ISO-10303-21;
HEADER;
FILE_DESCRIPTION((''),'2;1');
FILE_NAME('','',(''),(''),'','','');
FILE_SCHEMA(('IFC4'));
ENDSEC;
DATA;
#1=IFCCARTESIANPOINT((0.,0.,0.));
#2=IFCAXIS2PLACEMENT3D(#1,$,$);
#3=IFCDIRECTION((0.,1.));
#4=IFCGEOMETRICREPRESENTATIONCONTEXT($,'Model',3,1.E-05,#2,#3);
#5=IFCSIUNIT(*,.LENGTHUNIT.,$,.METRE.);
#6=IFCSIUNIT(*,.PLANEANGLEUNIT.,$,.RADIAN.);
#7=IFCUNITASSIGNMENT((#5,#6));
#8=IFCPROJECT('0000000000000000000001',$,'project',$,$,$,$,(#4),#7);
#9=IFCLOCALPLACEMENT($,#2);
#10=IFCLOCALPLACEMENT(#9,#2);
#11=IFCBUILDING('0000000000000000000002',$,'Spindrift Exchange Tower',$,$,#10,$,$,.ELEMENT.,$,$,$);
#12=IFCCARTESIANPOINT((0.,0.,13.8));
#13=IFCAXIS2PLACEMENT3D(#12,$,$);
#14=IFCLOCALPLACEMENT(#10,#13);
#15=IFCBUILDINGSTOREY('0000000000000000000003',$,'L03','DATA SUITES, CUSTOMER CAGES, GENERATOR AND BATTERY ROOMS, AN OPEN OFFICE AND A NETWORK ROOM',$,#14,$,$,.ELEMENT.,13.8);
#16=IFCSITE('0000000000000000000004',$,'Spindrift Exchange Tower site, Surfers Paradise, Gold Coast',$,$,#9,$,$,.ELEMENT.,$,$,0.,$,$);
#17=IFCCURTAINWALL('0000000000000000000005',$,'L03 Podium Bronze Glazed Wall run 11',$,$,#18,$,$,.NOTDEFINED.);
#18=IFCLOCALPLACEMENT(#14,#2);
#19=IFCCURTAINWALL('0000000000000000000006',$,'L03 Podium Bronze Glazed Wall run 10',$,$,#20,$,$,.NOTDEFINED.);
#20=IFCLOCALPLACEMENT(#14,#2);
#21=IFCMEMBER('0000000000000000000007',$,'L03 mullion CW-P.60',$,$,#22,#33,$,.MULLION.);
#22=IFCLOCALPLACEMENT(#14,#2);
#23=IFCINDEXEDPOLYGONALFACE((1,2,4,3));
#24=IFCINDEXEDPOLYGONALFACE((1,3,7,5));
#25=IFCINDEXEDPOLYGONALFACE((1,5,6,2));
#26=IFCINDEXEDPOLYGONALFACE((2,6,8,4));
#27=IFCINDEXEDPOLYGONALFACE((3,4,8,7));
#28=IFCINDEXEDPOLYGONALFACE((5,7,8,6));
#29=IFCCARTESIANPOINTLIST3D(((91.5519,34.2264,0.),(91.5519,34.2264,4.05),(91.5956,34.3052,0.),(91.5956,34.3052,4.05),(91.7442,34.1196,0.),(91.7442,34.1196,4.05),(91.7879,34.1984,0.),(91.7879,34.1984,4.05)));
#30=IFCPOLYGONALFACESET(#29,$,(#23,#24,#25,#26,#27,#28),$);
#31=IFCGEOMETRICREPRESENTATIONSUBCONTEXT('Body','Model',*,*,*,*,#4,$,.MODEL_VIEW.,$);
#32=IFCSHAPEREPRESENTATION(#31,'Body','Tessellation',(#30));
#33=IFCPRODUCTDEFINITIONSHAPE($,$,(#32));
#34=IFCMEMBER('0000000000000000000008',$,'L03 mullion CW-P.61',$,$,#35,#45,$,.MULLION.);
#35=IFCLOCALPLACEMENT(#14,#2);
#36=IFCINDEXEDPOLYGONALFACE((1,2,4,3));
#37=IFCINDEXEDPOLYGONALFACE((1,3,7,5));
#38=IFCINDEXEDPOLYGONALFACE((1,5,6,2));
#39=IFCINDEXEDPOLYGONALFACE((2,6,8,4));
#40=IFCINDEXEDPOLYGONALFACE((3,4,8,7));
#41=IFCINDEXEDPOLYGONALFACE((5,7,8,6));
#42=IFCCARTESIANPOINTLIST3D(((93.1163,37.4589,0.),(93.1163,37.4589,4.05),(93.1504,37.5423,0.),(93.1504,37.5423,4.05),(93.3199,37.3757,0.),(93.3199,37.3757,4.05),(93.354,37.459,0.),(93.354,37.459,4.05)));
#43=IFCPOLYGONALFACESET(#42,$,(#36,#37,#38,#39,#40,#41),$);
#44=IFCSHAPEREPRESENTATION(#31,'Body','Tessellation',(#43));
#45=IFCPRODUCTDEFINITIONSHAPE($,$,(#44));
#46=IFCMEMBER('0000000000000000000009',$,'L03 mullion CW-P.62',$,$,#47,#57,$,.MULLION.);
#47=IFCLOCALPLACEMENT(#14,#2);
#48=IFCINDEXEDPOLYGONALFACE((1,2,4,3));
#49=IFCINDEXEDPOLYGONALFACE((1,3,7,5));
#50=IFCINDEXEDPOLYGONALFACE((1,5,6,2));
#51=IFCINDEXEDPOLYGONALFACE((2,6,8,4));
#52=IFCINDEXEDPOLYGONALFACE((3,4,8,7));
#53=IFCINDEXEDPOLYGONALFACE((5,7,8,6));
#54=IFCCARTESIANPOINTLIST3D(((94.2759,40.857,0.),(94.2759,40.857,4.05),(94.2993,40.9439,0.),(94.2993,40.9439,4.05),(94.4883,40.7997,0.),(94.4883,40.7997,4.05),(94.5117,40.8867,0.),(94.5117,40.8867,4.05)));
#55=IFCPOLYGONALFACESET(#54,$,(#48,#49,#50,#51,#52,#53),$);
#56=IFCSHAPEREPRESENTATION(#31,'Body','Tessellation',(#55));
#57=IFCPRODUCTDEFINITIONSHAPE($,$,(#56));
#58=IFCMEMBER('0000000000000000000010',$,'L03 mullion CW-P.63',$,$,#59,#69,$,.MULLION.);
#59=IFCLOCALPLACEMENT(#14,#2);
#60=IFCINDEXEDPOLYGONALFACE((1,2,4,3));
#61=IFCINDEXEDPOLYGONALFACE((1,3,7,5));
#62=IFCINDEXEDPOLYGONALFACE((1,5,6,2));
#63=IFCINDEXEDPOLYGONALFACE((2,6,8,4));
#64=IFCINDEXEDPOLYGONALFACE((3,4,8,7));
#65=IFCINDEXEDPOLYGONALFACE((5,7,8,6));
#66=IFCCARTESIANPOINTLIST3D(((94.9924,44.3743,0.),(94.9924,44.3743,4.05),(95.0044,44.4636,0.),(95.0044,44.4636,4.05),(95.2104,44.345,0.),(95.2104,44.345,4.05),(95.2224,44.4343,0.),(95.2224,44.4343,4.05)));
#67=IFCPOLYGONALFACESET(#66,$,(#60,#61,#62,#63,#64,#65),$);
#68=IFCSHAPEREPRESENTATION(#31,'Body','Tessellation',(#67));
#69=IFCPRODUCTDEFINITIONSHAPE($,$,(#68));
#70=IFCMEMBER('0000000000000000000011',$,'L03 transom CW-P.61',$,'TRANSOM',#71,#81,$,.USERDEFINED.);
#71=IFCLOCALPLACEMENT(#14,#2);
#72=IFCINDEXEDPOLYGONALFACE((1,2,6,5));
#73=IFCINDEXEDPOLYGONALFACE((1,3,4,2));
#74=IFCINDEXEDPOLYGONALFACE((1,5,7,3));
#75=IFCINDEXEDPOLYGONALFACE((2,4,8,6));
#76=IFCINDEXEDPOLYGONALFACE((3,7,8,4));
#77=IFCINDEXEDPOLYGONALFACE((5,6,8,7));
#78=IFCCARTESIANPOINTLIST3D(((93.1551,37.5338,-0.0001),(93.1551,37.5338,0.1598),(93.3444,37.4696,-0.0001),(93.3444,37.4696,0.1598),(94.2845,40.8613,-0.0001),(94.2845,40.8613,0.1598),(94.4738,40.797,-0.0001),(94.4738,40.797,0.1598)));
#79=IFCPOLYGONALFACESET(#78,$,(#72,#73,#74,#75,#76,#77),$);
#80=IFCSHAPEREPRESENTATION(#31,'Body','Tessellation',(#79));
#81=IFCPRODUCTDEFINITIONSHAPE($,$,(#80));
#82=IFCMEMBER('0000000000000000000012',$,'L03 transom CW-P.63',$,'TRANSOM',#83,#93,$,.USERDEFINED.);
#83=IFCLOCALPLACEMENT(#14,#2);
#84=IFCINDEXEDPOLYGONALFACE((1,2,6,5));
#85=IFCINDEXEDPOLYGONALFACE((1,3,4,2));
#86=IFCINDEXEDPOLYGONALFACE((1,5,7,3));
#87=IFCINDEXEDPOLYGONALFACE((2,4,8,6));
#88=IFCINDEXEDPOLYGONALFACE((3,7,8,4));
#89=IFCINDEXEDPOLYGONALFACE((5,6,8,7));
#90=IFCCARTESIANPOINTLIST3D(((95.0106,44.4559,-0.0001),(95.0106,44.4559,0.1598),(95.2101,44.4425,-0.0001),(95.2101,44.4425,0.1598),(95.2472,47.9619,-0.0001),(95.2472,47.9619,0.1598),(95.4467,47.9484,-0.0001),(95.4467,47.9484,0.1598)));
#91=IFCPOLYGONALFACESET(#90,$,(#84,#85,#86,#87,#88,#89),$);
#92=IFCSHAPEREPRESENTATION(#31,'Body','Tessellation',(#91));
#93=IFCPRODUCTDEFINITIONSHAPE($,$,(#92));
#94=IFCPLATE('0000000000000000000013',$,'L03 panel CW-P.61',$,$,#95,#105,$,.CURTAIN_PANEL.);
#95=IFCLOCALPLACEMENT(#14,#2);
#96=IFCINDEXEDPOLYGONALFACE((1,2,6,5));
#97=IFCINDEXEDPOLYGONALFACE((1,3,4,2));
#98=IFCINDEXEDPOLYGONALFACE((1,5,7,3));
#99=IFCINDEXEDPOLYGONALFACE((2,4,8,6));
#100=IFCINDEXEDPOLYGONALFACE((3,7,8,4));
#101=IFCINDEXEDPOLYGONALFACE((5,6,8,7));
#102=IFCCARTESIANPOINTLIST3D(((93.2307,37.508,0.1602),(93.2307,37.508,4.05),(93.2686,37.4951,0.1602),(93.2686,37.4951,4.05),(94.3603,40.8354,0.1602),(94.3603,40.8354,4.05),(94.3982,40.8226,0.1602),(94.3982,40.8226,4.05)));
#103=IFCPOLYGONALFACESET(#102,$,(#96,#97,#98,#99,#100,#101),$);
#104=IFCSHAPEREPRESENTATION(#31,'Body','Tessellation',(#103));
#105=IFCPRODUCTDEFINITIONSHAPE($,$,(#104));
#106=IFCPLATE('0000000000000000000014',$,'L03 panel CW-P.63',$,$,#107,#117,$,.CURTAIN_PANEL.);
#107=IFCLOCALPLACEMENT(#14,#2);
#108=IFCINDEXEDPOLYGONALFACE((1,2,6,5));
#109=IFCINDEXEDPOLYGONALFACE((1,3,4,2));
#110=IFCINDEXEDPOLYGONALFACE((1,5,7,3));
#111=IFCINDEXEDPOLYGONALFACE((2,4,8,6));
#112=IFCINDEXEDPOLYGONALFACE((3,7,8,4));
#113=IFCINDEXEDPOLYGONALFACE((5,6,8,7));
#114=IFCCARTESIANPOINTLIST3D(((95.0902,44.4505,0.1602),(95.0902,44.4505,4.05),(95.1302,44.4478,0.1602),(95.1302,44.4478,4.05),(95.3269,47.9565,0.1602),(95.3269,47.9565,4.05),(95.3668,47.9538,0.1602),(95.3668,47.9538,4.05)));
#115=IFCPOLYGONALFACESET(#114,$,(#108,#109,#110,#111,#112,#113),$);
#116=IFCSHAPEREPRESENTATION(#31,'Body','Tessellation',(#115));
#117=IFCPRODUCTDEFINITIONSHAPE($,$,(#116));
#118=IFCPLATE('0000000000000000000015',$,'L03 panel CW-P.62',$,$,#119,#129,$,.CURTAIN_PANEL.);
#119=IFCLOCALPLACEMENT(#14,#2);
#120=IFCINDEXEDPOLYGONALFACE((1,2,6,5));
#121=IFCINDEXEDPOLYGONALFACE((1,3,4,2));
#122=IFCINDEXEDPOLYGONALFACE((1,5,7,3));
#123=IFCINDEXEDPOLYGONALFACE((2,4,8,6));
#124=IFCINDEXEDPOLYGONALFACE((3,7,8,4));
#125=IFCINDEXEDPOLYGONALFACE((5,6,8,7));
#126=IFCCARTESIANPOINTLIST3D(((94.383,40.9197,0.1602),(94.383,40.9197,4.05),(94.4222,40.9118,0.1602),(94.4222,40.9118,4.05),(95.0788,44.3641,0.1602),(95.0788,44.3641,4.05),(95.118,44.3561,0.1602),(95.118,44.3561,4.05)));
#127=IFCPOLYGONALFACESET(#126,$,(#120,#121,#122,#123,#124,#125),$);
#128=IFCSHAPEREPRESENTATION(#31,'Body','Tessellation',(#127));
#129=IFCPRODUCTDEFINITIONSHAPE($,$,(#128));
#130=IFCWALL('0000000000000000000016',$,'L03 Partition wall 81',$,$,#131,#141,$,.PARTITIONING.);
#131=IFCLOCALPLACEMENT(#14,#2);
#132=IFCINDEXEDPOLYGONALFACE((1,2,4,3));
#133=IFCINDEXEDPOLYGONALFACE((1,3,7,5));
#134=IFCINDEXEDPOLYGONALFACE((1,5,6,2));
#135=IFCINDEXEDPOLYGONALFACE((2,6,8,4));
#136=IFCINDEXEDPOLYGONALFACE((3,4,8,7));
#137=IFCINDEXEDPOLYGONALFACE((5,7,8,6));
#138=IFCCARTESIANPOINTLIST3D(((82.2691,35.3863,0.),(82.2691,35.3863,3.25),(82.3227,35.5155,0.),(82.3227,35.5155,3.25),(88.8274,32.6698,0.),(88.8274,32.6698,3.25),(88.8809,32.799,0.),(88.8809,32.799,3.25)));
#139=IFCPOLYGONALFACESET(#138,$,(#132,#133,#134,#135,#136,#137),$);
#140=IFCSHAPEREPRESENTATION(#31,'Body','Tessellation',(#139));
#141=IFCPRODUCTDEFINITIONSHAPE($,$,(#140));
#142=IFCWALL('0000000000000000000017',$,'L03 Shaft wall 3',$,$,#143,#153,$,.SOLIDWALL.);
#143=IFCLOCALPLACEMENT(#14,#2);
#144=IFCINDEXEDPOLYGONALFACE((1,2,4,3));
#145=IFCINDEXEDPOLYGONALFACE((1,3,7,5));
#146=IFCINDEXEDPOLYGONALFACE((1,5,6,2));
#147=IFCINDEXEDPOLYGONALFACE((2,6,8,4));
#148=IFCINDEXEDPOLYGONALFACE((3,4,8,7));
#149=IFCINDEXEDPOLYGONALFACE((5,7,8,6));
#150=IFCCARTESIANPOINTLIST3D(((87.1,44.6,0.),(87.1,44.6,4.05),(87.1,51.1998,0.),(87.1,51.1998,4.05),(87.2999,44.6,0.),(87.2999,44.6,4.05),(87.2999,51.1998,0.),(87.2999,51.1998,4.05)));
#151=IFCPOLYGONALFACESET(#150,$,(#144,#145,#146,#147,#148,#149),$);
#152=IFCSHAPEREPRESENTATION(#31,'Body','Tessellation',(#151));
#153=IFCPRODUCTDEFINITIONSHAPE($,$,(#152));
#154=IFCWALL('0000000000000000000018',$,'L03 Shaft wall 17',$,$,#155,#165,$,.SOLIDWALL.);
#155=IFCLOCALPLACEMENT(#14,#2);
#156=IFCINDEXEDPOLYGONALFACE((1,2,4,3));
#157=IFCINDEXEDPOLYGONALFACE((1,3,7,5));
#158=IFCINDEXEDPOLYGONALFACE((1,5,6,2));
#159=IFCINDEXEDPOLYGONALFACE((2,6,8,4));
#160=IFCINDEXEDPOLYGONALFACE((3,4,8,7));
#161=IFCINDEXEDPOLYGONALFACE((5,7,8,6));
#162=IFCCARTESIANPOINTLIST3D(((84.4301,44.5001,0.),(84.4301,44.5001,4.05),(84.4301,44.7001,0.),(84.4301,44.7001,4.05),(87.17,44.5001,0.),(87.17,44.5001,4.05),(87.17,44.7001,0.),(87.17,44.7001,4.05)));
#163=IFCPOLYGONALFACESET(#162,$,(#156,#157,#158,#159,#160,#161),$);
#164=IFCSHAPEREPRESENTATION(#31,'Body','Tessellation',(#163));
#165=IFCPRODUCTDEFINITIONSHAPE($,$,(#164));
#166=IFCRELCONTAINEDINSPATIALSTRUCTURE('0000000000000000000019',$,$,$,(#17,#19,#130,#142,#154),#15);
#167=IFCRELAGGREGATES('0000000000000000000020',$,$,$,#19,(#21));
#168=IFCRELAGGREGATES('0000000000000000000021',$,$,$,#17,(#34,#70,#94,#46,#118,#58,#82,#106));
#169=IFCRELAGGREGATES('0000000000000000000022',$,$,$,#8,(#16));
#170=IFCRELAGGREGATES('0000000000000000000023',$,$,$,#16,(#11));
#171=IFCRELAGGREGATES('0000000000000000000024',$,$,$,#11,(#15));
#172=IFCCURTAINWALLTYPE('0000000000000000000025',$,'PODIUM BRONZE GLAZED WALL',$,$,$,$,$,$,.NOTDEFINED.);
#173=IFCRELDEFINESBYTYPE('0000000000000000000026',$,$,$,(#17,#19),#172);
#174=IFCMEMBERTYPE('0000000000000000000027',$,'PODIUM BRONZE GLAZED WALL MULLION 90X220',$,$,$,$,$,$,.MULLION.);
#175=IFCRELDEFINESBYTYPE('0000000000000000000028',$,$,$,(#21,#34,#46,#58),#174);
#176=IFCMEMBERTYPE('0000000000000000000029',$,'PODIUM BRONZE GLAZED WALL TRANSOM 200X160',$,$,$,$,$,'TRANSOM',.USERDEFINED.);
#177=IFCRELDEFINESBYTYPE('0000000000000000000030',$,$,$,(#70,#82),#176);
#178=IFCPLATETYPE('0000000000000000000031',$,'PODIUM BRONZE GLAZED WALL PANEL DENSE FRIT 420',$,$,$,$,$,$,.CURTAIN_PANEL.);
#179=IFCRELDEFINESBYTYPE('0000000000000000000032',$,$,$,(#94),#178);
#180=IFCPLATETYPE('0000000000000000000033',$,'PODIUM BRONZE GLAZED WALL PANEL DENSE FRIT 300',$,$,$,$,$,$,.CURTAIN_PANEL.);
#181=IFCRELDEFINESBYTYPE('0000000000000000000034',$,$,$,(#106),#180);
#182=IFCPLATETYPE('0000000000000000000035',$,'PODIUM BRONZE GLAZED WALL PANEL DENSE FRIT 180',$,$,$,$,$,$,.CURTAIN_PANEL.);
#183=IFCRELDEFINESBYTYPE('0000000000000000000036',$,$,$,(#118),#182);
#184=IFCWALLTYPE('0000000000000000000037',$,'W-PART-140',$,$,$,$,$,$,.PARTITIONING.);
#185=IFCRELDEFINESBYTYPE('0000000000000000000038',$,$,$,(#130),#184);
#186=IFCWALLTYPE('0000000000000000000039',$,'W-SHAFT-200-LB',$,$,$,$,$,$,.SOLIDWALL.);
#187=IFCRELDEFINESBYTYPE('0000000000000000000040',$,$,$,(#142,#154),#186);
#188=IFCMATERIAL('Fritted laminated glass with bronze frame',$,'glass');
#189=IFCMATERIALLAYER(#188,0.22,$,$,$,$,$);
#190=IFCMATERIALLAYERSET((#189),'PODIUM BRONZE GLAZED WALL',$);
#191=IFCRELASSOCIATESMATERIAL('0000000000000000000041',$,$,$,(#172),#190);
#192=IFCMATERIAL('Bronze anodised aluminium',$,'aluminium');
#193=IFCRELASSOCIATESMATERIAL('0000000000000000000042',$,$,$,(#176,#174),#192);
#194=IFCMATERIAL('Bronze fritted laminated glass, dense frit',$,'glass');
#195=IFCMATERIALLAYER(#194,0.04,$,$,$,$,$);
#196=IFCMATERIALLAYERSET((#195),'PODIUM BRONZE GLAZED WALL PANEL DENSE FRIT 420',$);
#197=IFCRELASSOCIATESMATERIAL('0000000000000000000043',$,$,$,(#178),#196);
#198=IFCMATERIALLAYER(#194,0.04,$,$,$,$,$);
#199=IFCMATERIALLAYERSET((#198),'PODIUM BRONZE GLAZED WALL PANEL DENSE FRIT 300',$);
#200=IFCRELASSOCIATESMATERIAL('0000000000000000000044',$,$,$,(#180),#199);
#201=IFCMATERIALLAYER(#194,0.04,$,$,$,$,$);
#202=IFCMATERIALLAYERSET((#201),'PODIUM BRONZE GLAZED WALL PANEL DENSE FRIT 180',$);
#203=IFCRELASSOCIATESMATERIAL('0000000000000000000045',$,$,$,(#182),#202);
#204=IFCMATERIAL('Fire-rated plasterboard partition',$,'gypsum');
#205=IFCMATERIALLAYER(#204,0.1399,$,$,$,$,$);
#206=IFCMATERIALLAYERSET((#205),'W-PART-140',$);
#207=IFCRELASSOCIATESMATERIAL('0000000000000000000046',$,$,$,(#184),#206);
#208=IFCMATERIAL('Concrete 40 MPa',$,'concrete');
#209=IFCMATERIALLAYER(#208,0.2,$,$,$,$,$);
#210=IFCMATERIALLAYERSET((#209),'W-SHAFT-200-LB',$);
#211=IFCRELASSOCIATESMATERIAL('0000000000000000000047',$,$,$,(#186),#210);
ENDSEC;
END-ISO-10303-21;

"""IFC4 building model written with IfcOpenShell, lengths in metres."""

from ifc_helpers import new_model, si_unit, direction, frame, frame_2d, origin, origin_2d, place, context, subcontext, project, spatial, rectangle, extrude, source, transform, mapped, material, layer, layer_set, material_profile, profile_set, type_object, element, aggregate, save


model = new_model("IFC4")

# Units and contexts
model_context = context("Model", 3, precision=1e-05, world=origin(), true_north=direction((0.0, 1.0)))
body_context = subcontext(model_context, "Body", "Model", "MODEL_VIEW")
ifc_project = project(units=[si_unit("LENGTHUNIT", "METRE"), si_unit("PLANEANGLEUNIT", "RADIAN")], contexts=[model_context])

# Site, building, storey
site_placement = place(None, origin())
site = spatial("IfcSite", under=ifc_project, at=site_placement, Name="Spindrift Exchange Tower site, Surfers Paradise, Gold Coast", CompositionType="ELEMENT", RefElevation=0.0)
building_placement = place(site_placement, origin())
building = spatial("IfcBuilding", under=site, at=building_placement, Name="Spindrift Exchange Tower", CompositionType="ELEMENT")
storey_placement = place(building_placement, frame((0.0, 0.0, 13.8)))
storey = spatial("IfcBuildingStorey", under=building, at=storey_placement, Name="L03", Description="DATA SUITES, CUSTOMER CAGES, GENERATOR AND BATTERY ROOMS, AN OPEN OFFICE AND A NETWORK ROOM", CompositionType="ELEMENT", Elevation=13.8)

# Curtain walls, member
ifc_material_1 = material(Name="Fritted laminated glass with bronze frame", Category="glass")
ifc_layer_1 = layer(ifc_material_1, 0.22)
ifc_layer_set_1 = layer_set([ifc_layer_1], Name="PODIUM BRONZE GLAZED WALL")
curtain_wall_type = type_object("IfcCurtainWallType", Name="PODIUM BRONZE GLAZED WALL", PredefinedType="NOTDEFINED", material=ifc_layer_set_1)
curtain_wall_1_placement = place(storey_placement, origin())
curtain_wall_1 = element("IfcCurtainWall", 1, at=curtain_wall_1_placement, inside=storey, type_object=curtain_wall_type, Name="L03 Podium Bronze Glazed Wall run 11", PredefinedType="NOTDEFINED")
ifc_material_2 = material(Name="Bronze anodised aluminium", Category="aluminium")
ifc_material_profile_1 = material_profile(ifc_material_2, rectangle(XDim=0.2, YDim=0.1599, at=origin_2d()), Name="PODIUM BRONZE GLAZED WALL TRANSOM 200X160")
ifc_profile_set_1 = profile_set([ifc_material_profile_1], Name="Bronze anodised aluminium")
member_type_1 = type_object("IfcMemberType", Name="PODIUM BRONZE GLAZED WALL TRANSOM 200X160", ElementType="TRANSOM", PredefinedType="USERDEFINED", material=ifc_profile_set_1)
ifc_material_profile_2 = material_profile(ifc_material_2, rectangle(XDim=0.0901, YDim=0.22, at=origin_2d()), Name="PODIUM BRONZE GLAZED WALL MULLION 90X220")
ifc_profile_set_2 = profile_set([ifc_material_profile_2], Name="Bronze anodised aluminium")
member_type_2 = type_object("IfcMemberType", Name="PODIUM BRONZE GLAZED WALL MULLION 90X220", PredefinedType="MULLION", material=ifc_profile_set_2)
shared_shape_1 = source(origin(), body_context, "Body", "SweptSolid", [
    extrude(rectangle(XDim=0.0901, YDim=0.22, at=origin_2d()), origin(), (0.0, 0.0, 1.0), 4.05),
])
curtain_wall_2_placement = place(storey_placement, origin())
curtain_wall_2 = element("IfcCurtainWall", 2, at=curtain_wall_2_placement, inside=storey, type_object=curtain_wall_type, Name="L03 Podium Bronze Glazed Wall run 10", PredefinedType="NOTDEFINED")
member_1_placement = place(storey_placement, frame((91.6699, 34.2124, 0.0), z_axis=(0.0, 0.0, 1.0), x_axis=(0.485263, 0.874368, 0.0)))
member_1 = element("IfcMember", 3, at=member_1_placement, type_object=member_type_2, Name="L03 mullion CW-P.60", PredefinedType="MULLION", context=body_context, shape_type="MappedRepresentation", body=[
    mapped(shared_shape_1, transform((0.0, 0.0, 0.0), scale=1.0)),
])
aggregate(curtain_wall_2, [member_1])

# Members
member_2_placement = place(storey_placement, frame((93.2351, 37.459, 0.0), z_axis=(0.0, 0.0, 1.0), x_axis=(0.378559, 0.925577, 0.0)))
member_2 = element("IfcMember", 4, at=member_2_placement, type_object=member_type_2, Name="L03 mullion CW-P.61", PredefinedType="MULLION", context=body_context, shape_type="MappedRepresentation", body=[
    mapped(shared_shape_1, transform((0.0, 0.0, 0.0), scale=1.0)),
])
member_3_placement = place(storey_placement, frame((94.3938, 40.8718, 0.0), z_axis=(0.0, 0.0, 1.0), x_axis=(0.260263, 0.965538, 0.0)))
member_3 = element("IfcMember", 5, at=member_3_placement, type_object=member_type_2, Name="L03 mullion CW-P.62", PredefinedType="MULLION", context=body_context, shape_type="MappedRepresentation", body=[
    mapped(shared_shape_1, transform((0.0, 0.0, 0.0), scale=1.0)),
])
member_4_placement = place(storey_placement, frame((95.1074, 44.4043, 0.0), z_axis=(0.0, 0.0, 1.0), x_axis=(0.132966, 0.991121, 0.0)))
member_4 = element("IfcMember", 6, at=member_4_placement, type_object=member_type_2, Name="L03 mullion CW-P.63", PredefinedType="MULLION", context=body_context, shape_type="MappedRepresentation", body=[
    mapped(shared_shape_1, transform((0.0, 0.0, 0.0), scale=1.0)),
])
shared_shape_2 = source(origin(), body_context, "Body", "SweptSolid", [
    extrude(rectangle(XDim=0.2, YDim=0.1599, at=origin_2d()), origin(), (0.0, 0.0, 1.0), 3.5139),
])
member_5_placement = place(storey_placement, frame((93.2498, 37.5017, 0.0798), z_axis=(0.321413, 0.946939, 0.0), x_axis=(-0.946939, 0.321413, 0.0)))
member_5 = element("IfcMember", 7, at=member_5_placement, type_object=member_type_1, Name="L03 transom CW-P.61", ObjectType="TRANSOM", PredefinedType="USERDEFINED", context=body_context, shape_type="MappedRepresentation", body=[
    mapped(shared_shape_2, transform((0.0, 0.0, 0.0), scale=1.0)),
])
member_6_placement = place(storey_placement, frame((95.1104, 44.4492, 0.0798), z_axis=(0.067326, 0.997731, 0.0), x_axis=(-0.997731, 0.067326, 0.0)))
member_6 = element("IfcMember", 8, at=member_6_placement, type_object=member_type_1, Name="L03 transom CW-P.63", ObjectType="TRANSOM", PredefinedType="USERDEFINED", context=body_context, shape_type="MappedRepresentation", body=[
    mapped(shared_shape_2, transform((0.0, 0.0, 0.0), scale=1.0)),
])

# Plates
ifc_material_3 = material(Name="Bronze fritted laminated glass, dense frit", Category="glass")
ifc_layer_2 = layer(ifc_material_3, 0.04)
ifc_layer_set_2 = layer_set([ifc_layer_2], Name="PODIUM BRONZE GLAZED WALL PANEL DENSE FRIT 420")
plate_type_1 = type_object("IfcPlateType", Name="PODIUM BRONZE GLAZED WALL PANEL DENSE FRIT 420", PredefinedType="CURTAIN_PANEL", material=ifc_layer_set_2)
shared_shape_3 = source(origin(), body_context, "Body", "SweptSolid", [
    extrude(rectangle(XDim=3.5139, YDim=0.04, at=origin_2d()), origin(), (0.0, 0.0, 1.0), 3.8899),
])
plate_1_placement = place(storey_placement, frame((93.8145, 39.1653, 0.1602), z_axis=(0.0, 0.0, 1.0), x_axis=(0.321451, 0.946926, 0.0)))
plate_1 = element("IfcPlate", 9, at=plate_1_placement, type_object=plate_type_1, Name="L03 panel CW-P.61", PredefinedType="CURTAIN_PANEL", context=body_context, shape_type="MappedRepresentation", body=[
    mapped(shared_shape_3, transform((0.0, 0.0, 0.0), scale=1.0)),
])
ifc_layer_3 = layer(ifc_material_3, 0.04)
ifc_layer_set_3 = layer_set([ifc_layer_3], Name="PODIUM BRONZE GLAZED WALL PANEL DENSE FRIT 300")
plate_type_2 = type_object("IfcPlateType", Name="PODIUM BRONZE GLAZED WALL PANEL DENSE FRIT 300", PredefinedType="CURTAIN_PANEL", material=ifc_layer_set_3)
shared_shape_4 = source(origin(), body_context, "Body", "SweptSolid", [
    extrude(rectangle(XDim=3.5139, YDim=0.04, at=origin_2d()), origin(), (0.0, 0.0, 1.0), 3.8899),
])
plate_2_placement = place(storey_placement, frame((95.2285, 46.2021, 0.1602), z_axis=(0.0, 0.0, 1.0), x_axis=(0.067345, 0.99773, 0.0)))
plate_2 = element("IfcPlate", 10, at=plate_2_placement, type_object=plate_type_2, Name="L03 panel CW-P.63", PredefinedType="CURTAIN_PANEL", context=body_context, shape_type="MappedRepresentation", body=[
    mapped(shared_shape_4, transform((0.0, 0.0, 0.0), scale=1.0)),
])
ifc_layer_4 = layer(ifc_material_3, 0.04)
ifc_layer_set_4 = layer_set([ifc_layer_4], Name="PODIUM BRONZE GLAZED WALL PANEL DENSE FRIT 180")
plate_type_3 = type_object("IfcPlateType", Name="PODIUM BRONZE GLAZED WALL PANEL DENSE FRIT 180", PredefinedType="CURTAIN_PANEL", material=ifc_layer_set_4)
shared_shape_5 = source(origin(), body_context, "Body", "SweptSolid", [
    extrude(rectangle(XDim=3.5139, YDim=0.04, at=origin_2d()), origin(), (0.0, 0.0, 1.0), 3.8899),
])
plate_3_placement = place(storey_placement, frame((94.7505, 42.6379, 0.1602), z_axis=(0.0, 0.0, 1.0), x_axis=(0.19801, 0.9802, 0.0)))
plate_3 = element("IfcPlate", 11, at=plate_3_placement, type_object=plate_type_3, Name="L03 panel CW-P.62", PredefinedType="CURTAIN_PANEL", context=body_context, shape_type="MappedRepresentation", body=[
    mapped(shared_shape_5, transform((0.0, 0.0, 0.0), scale=1.0)),
])
aggregate(curtain_wall_1, [member_2, member_5, plate_1, member_3, plate_3, member_4, member_6, plate_2])

# Walls
ifc_material_4 = material(Name="Fire-rated plasterboard partition", Category="gypsum")
ifc_layer_5 = layer(ifc_material_4, 0.1399)
ifc_layer_set_5 = layer_set([ifc_layer_5], Name="W-PART-140")
wall_type_1 = type_object("IfcWallType", Name="W-PART-140", PredefinedType="PARTITIONING", material=ifc_layer_set_5)
wall_1_placement = place(storey_placement, frame((82.2959, 35.4509, 0.0), z_axis=(0.0, 0.0, 1.0), x_axis=(0.92388, -0.382683, 0.0)))
element("IfcWall", 12, at=wall_1_placement, inside=storey, type_object=wall_type_1, Name="L03 Partition wall 81", PredefinedType="PARTITIONING", context=body_context, shape_type="SweptSolid", body=[
    extrude(rectangle(XDim=7.0986, YDim=0.1399, at=frame_2d((3.5493, 0.0))), origin(), (0.0, 0.0, 1.0), 3.25),
])
ifc_material_5 = material(Name="Concrete 40 MPa", Category="concrete")
ifc_layer_6 = layer(ifc_material_5, 0.2)
ifc_layer_set_6 = layer_set([ifc_layer_6], Name="W-SHAFT-200-LB")
wall_type_2 = type_object("IfcWallType", Name="W-SHAFT-200-LB", PredefinedType="SOLIDWALL", material=ifc_layer_set_6)
wall_2_placement = place(storey_placement, frame((87.2, 44.6001, 0.0), z_axis=(0.0, 0.0, 1.0), x_axis=(0.0, 1.0, 0.0)))
element("IfcWall", 13, at=wall_2_placement, inside=storey, type_object=wall_type_2, Name="L03 Shaft wall 3", PredefinedType="SOLIDWALL", context=body_context, shape_type="SweptSolid", body=[
    extrude(rectangle(XDim=6.5999, YDim=0.2, at=frame_2d((3.2998, 0.0))), origin(), (0.0, 0.0, 1.0), 4.05),
])
wall_3_placement = place(storey_placement, frame((84.4299, 44.6001, 0.0), z_axis=(0.0, 0.0, 1.0), x_axis=(1.0, 0.0, 0.0)))
element("IfcWall", 14, at=wall_3_placement, inside=storey, type_object=wall_type_2, Name="L03 Shaft wall 17", PredefinedType="SOLIDWALL", context=body_context, shape_type="SweptSolid", body=[
    extrude(rectangle(XDim=2.74, YDim=0.2, at=frame_2d((1.3701, 0.0))), origin(), (0.0, 0.0, 1.0), 4.05),
])

save(model, "model.ifc")
